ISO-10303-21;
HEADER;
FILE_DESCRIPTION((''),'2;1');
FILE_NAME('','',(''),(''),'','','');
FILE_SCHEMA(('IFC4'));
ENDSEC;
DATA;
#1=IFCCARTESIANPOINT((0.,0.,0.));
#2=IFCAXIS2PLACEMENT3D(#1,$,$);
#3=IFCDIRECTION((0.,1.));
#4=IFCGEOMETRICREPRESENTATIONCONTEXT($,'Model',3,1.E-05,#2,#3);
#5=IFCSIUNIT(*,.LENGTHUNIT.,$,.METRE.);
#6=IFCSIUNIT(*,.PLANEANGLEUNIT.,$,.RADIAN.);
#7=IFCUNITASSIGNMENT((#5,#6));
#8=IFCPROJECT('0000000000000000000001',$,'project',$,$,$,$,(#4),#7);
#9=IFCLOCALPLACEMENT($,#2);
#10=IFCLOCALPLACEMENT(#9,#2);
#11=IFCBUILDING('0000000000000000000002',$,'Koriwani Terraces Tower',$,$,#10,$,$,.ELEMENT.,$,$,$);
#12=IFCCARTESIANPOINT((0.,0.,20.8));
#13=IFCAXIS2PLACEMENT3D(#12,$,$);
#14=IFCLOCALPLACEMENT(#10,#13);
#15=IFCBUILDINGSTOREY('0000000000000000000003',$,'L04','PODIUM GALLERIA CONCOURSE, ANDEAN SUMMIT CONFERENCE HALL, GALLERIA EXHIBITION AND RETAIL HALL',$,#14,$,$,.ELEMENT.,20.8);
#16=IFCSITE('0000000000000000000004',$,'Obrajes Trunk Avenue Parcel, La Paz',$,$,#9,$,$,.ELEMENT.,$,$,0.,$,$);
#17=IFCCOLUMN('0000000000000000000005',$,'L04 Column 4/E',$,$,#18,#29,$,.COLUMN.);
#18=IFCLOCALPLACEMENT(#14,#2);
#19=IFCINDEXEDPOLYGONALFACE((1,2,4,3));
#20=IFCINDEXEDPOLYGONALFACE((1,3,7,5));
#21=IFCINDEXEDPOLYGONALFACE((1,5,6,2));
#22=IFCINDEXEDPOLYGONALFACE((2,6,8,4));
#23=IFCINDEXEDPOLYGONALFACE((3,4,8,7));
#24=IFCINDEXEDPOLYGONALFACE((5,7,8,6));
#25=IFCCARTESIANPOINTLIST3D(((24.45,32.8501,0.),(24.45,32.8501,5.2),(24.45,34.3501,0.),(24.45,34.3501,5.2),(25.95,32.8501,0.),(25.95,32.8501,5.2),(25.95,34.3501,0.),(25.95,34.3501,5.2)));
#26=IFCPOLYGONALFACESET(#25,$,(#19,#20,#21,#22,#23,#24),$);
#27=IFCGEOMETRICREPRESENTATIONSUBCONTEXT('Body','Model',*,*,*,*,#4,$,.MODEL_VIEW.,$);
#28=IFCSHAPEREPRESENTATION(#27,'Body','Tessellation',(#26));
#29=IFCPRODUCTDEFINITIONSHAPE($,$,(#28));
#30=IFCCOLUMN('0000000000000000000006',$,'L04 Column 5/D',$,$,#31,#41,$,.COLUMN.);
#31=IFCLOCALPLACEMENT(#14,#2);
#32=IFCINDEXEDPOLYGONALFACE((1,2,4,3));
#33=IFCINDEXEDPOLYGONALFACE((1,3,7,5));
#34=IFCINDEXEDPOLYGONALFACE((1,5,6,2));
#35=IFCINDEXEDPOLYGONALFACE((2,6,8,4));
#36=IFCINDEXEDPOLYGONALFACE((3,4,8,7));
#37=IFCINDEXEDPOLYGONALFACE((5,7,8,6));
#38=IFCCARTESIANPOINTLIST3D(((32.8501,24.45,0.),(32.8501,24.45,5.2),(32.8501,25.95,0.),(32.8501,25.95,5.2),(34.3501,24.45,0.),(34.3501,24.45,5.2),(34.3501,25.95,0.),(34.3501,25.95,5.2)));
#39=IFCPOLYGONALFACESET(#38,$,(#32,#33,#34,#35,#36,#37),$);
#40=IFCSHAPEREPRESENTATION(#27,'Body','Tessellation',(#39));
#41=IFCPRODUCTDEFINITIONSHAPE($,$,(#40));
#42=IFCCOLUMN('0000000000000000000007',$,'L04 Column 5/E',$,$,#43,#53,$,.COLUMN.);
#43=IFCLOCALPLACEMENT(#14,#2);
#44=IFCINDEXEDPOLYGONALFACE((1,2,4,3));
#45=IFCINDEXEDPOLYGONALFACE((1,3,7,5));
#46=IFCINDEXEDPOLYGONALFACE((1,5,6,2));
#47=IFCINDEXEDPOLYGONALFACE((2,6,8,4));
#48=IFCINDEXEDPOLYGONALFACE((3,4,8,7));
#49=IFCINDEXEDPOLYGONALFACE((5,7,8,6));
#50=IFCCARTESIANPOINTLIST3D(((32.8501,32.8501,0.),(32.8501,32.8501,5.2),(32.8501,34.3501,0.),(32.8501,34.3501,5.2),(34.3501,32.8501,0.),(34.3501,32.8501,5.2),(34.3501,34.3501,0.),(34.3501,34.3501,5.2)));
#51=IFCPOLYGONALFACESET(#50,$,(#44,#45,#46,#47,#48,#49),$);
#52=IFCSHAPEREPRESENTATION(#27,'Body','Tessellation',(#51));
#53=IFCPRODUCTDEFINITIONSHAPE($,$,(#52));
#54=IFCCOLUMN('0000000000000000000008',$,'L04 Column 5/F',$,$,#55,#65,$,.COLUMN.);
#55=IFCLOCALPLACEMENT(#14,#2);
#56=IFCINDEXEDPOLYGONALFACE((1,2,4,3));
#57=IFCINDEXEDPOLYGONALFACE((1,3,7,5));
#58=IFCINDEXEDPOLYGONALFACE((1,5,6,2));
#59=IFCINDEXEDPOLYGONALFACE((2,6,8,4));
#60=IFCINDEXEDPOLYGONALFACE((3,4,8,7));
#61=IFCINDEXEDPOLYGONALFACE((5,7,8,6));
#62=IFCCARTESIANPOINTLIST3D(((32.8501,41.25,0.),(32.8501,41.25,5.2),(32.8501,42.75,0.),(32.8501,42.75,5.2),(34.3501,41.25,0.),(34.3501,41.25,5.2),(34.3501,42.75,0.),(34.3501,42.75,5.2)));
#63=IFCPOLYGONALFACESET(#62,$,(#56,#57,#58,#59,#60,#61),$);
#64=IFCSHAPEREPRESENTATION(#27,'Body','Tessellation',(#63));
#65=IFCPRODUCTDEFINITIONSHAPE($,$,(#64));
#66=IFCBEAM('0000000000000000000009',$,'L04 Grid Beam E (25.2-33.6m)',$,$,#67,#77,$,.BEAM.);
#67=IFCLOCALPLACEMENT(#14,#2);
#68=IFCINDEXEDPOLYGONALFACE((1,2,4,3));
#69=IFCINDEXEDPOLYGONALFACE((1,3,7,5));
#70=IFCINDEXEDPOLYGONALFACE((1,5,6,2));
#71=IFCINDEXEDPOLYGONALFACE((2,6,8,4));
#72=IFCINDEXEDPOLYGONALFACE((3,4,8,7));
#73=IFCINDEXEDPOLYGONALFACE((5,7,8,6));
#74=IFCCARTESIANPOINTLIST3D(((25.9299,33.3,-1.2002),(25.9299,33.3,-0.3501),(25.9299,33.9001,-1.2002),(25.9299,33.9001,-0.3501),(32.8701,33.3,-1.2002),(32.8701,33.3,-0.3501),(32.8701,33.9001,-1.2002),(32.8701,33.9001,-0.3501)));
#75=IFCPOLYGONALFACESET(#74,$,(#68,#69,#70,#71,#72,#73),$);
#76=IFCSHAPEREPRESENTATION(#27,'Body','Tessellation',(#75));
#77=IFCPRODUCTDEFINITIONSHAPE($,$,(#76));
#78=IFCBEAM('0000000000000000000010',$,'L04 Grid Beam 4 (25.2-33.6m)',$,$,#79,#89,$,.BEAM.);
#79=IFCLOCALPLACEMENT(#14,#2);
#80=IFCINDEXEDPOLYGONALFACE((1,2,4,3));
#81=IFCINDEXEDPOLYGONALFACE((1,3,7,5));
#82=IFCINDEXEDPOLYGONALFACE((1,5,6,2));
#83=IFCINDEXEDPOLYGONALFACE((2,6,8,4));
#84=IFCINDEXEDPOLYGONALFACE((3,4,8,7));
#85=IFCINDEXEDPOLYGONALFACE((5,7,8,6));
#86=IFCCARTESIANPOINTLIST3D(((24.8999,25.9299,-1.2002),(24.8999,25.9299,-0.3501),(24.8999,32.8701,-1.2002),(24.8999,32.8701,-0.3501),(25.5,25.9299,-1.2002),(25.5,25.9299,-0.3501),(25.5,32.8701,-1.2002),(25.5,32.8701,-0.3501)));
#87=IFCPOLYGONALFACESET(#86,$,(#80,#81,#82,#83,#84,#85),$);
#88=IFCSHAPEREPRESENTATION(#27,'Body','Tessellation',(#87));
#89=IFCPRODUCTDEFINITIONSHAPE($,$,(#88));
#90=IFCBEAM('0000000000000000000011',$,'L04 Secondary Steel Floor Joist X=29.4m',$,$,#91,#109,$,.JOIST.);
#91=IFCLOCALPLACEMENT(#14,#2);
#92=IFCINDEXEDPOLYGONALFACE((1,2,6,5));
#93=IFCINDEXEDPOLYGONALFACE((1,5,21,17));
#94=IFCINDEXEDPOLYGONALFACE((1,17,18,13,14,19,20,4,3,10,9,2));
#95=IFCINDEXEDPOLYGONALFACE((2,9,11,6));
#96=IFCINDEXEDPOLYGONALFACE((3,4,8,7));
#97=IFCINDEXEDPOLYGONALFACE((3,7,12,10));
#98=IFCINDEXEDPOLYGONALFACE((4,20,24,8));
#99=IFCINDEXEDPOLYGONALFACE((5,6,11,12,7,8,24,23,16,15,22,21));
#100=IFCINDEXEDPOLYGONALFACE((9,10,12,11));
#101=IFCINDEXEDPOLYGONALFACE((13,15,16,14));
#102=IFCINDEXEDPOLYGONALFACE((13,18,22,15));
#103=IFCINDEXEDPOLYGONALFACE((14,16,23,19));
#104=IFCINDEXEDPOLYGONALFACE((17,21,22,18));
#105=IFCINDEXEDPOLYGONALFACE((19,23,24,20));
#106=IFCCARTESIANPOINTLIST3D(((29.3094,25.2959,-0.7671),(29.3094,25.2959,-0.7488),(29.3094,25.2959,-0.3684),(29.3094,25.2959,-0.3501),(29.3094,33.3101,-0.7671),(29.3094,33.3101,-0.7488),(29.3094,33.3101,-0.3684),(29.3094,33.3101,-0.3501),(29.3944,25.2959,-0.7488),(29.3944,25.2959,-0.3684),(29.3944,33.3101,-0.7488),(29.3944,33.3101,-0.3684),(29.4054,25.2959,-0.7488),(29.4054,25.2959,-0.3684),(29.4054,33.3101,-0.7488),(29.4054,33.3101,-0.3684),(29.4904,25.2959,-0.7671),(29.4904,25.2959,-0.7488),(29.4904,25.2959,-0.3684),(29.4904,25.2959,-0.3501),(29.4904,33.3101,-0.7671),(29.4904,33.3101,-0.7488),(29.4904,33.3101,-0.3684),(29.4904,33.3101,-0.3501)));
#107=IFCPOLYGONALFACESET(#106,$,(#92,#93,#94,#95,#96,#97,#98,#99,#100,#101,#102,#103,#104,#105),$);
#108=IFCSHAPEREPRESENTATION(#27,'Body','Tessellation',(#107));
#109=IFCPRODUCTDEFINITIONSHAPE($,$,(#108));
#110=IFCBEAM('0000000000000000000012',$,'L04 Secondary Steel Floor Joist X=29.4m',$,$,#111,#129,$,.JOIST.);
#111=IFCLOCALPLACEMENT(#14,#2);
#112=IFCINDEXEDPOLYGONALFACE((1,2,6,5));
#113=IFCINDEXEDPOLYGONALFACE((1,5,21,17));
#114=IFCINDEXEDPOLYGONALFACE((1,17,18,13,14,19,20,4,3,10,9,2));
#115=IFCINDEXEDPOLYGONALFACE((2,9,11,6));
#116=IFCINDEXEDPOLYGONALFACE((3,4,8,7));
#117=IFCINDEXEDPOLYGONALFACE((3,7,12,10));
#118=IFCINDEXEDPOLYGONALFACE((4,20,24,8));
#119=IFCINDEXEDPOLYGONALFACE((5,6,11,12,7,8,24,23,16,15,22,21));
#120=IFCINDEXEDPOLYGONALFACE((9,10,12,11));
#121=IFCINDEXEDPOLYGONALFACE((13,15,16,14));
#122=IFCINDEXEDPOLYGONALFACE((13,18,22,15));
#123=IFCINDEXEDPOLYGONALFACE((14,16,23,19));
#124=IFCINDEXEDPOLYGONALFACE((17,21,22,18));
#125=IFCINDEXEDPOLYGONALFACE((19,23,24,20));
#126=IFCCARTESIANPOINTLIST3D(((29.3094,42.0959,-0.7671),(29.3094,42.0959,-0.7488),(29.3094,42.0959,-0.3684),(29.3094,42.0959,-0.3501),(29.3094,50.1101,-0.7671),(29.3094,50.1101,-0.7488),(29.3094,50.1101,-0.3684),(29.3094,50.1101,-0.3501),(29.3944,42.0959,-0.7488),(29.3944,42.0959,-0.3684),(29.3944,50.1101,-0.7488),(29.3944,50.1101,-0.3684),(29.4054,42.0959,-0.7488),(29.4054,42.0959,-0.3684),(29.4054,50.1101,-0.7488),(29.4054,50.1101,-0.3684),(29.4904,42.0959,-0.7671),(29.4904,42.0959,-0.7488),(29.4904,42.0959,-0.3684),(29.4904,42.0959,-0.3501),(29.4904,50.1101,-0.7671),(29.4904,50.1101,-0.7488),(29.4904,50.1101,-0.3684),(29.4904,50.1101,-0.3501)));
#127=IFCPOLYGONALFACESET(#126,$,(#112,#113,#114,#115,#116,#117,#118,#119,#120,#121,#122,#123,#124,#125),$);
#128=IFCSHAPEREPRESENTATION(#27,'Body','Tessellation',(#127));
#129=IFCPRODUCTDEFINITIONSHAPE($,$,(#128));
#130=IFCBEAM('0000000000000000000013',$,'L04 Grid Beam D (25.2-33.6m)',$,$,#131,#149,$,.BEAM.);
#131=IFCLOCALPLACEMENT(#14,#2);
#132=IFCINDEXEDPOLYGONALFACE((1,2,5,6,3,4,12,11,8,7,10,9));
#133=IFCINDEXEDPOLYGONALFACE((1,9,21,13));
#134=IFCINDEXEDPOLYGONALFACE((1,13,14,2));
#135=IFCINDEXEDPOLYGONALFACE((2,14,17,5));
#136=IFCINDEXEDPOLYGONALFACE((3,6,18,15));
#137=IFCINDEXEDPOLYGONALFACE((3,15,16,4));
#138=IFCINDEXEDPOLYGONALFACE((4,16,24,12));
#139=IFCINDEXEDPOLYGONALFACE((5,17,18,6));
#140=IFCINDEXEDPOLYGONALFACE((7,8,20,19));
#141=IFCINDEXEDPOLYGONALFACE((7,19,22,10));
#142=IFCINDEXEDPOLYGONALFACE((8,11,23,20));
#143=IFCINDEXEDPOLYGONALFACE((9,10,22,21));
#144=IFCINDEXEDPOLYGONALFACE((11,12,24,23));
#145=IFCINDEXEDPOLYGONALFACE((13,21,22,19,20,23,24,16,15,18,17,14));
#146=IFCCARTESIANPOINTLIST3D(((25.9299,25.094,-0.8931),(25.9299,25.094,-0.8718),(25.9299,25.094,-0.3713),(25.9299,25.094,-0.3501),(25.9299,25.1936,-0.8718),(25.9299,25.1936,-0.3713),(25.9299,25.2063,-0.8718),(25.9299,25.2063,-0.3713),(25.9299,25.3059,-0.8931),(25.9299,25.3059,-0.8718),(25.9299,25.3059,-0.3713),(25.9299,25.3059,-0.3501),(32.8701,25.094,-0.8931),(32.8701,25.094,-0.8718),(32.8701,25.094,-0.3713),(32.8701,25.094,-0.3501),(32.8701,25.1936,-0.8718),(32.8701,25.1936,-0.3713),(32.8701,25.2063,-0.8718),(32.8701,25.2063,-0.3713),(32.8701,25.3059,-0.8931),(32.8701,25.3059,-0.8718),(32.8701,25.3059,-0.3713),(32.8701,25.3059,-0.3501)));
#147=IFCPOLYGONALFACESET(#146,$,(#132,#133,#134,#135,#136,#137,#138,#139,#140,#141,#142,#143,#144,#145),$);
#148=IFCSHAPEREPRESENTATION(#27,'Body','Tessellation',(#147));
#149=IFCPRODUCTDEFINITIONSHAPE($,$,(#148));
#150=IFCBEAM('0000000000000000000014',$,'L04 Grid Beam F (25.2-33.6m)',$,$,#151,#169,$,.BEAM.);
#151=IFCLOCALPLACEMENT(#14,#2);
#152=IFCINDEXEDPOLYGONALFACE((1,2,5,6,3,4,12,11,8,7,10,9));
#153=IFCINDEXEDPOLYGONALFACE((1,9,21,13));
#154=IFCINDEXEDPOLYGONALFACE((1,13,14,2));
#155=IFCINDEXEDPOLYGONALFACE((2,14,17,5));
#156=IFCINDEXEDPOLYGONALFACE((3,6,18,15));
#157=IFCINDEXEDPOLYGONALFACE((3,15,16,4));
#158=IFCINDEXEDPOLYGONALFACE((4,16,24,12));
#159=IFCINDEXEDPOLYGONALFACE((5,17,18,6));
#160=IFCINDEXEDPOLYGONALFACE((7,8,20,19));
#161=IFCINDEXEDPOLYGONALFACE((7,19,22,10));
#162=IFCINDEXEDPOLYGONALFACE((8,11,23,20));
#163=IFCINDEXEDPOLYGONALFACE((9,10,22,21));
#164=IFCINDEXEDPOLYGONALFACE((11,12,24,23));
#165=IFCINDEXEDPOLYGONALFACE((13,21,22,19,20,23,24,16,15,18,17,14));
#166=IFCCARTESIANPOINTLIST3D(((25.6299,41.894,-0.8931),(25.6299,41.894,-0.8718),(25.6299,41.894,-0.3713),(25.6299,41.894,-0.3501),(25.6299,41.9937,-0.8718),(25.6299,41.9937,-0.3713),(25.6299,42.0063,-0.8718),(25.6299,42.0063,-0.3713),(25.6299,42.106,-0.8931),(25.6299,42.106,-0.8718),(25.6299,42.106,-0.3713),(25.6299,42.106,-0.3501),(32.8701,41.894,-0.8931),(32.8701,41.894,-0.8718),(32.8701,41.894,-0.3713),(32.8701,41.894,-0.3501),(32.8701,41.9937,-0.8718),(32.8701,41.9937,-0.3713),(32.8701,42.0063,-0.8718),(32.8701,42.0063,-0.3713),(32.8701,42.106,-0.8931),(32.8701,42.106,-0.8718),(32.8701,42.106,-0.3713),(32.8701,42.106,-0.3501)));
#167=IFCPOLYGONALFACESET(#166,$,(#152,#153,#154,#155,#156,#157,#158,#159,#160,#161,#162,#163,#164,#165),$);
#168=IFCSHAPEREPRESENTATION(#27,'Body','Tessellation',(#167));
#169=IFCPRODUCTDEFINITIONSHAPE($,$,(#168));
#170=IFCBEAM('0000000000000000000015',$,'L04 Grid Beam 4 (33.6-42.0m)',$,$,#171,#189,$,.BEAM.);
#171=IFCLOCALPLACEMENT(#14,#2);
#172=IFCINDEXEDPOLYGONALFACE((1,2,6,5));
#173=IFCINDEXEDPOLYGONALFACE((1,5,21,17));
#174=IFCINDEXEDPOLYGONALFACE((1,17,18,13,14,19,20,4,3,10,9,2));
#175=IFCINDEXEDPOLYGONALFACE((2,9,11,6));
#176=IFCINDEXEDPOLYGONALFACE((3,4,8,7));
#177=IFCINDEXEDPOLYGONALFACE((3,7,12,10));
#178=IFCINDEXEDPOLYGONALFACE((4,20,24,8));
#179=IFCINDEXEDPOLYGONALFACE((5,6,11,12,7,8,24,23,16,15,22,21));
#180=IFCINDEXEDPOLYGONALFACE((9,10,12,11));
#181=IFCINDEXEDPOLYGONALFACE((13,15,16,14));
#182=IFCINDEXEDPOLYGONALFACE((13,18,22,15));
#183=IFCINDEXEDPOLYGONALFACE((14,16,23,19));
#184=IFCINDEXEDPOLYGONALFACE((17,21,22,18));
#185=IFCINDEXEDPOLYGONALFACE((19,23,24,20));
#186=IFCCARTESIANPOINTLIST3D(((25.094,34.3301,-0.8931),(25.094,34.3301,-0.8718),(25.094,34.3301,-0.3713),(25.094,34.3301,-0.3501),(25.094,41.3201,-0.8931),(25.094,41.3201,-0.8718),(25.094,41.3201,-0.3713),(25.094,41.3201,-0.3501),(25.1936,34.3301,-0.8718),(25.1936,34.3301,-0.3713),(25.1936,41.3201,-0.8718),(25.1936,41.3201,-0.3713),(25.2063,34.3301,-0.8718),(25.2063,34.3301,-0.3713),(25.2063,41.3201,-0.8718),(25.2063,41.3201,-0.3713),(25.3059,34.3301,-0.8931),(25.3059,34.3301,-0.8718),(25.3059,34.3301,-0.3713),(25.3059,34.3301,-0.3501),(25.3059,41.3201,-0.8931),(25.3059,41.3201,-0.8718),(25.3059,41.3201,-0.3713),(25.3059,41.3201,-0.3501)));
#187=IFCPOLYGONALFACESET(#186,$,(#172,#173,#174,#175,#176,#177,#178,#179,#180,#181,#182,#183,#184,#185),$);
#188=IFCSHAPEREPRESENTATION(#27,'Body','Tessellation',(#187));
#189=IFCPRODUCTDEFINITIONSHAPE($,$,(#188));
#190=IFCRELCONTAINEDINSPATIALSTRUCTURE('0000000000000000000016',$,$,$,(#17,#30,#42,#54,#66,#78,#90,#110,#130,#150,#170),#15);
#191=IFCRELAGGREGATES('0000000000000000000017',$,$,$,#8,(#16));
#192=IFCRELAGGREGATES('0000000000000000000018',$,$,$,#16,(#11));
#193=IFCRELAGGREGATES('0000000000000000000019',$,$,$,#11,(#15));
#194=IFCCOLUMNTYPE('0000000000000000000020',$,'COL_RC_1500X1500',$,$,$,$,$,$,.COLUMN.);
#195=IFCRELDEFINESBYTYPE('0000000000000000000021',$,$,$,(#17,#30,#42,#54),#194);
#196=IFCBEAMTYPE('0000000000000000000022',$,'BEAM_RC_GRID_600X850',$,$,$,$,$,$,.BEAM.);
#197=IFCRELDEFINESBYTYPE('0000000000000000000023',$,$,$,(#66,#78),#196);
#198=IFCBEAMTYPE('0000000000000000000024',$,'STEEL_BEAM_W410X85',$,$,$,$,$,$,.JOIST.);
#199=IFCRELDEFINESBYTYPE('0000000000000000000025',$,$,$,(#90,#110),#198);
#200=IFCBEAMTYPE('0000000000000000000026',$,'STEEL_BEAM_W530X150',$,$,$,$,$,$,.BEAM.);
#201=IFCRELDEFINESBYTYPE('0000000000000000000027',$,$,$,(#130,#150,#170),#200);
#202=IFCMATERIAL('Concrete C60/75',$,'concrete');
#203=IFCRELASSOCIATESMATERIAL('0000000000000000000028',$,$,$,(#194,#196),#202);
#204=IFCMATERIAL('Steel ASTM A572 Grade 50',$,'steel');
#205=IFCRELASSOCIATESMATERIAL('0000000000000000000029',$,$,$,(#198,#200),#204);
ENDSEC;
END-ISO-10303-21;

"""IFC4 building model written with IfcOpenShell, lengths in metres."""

from ifc_helpers import new_model, si_unit, direction, frame, origin, origin_2d, place, context, subcontext, project, spatial, rectangle, i_section, extrude, material, material_profile, profile_set, type_object, element, save


model = new_model("IFC4")

# Units and contexts
model_context = context("Model", 3, precision=1e-05, world=origin(), true_north=direction((0.0, 1.0)))
body_context = subcontext(model_context, "Body", "Model", "MODEL_VIEW")
ifc_project = project(units=[si_unit("LENGTHUNIT", "METRE"), si_unit("PLANEANGLEUNIT", "RADIAN")], contexts=[model_context])

# Site, building, storey
site_placement = place(None, origin())
site = spatial("IfcSite", under=ifc_project, at=site_placement, Name="Obrajes Trunk Avenue Parcel, La Paz", CompositionType="ELEMENT", RefElevation=0.0)
building_placement = place(site_placement, origin())
building = spatial("IfcBuilding", under=site, at=building_placement, Name="Koriwani Terraces Tower", CompositionType="ELEMENT")
storey_placement = place(building_placement, frame((0.0, 0.0, 20.8)))
storey = spatial("IfcBuildingStorey", under=building, at=storey_placement, Name="L04", Description="PODIUM GALLERIA CONCOURSE, ANDEAN SUMMIT CONFERENCE HALL, GALLERIA EXHIBITION AND RETAIL HALL", CompositionType="ELEMENT", Elevation=20.8)

# Columns
ifc_material_1 = material(Name="Concrete C60/75", Category="concrete")
ifc_material_profile_1 = material_profile(ifc_material_1, rectangle(XDim=1.5, YDim=1.5, at=origin_2d()), Name="Concrete C60/75", Category="LoadBearing")
ifc_profile_set_1 = profile_set([ifc_material_profile_1], Name="Concrete C60/75")
column_type = type_object("IfcColumnType", Name="COL_RC_1500X1500", PredefinedType="COLUMN", material=ifc_profile_set_1)
for number, where, z_axis, x_axis, name in (
    (1, (25.2, 33.6001, 0.0), (0.0, 0.0, 1.0), (1.0, 0.0, 0.0), "L04 Column 4/E"),
    (2, (33.6001, 25.2, 0.0), (0.0, 0.0, 1.0), (1.0, 0.0, 0.0), "L04 Column 5/D"),
    (3, (33.6001, 33.6001, 0.0), (0.0, 0.0, 1.0), (1.0, 0.0, 0.0), "L04 Column 5/E"),
    (4, (33.6001, 42.0, 0.0), (0.0, 0.0, 1.0), (1.0, 0.0, 0.0), "L04 Column 5/F"),
):
    element("IfcColumn", number, at=place(storey_placement, frame(where, z_axis=z_axis, x_axis=x_axis)), inside=storey, type_object=column_type, Name=name, PredefinedType="COLUMN", context=body_context, shape_type="SweptSolid", body=[
        extrude(rectangle(XDim=1.5, YDim=1.5, at=origin_2d()), origin(), (0.0, 0.0, 1.0), 5.2),
    ])

# Beams
ifc_material_profile_2 = material_profile(ifc_material_1, rectangle(XDim=0.6001, YDim=0.8501, at=origin_2d()), Name="Concrete C60/75", Category="LoadBearing")
ifc_profile_set_2 = profile_set([ifc_material_profile_2], Name="Concrete C60/75")
beam_type_1 = type_object("IfcBeamType", Name="BEAM_RC_GRID_600X850", PredefinedType="BEAM", material=ifc_profile_set_2)
for number, where, z_axis, x_axis, name in (
    (5, (25.9299, 33.6001, -0.7751), (1.0, 0.0, 0.0), (0.0, 1.0, 0.0), "L04 Grid Beam E (25.2-33.6m)"),
    (6, (25.2, 25.9299, -0.7751), (0.0, 1.0, 0.0), (-1.0, 0.0, 0.0), "L04 Grid Beam 4 (25.2-33.6m)"),
):
    element("IfcBeam", number, at=place(storey_placement, frame(where, z_axis=z_axis, x_axis=x_axis)), inside=storey, type_object=beam_type_1, Name=name, PredefinedType="BEAM", context=body_context, shape_type="SweptSolid", body=[
        extrude(rectangle(XDim=0.6001, YDim=0.8501, at=origin_2d()), origin(), (0.0, 0.0, 1.0), 6.9402),
    ])
ifc_material_2 = material(Name="Steel ASTM A572 Grade 50", Category="steel")
ifc_material_profile_3 = material_profile(ifc_material_2, i_section(OverallWidth=0.1809, OverallDepth=0.417, WebThickness=0.011, FlangeThickness=0.0183, at=origin_2d()), Name="Steel ASTM A572 Grade 50", Category="LoadBearing")
ifc_profile_set_3 = profile_set([ifc_material_profile_3], Name="Steel ASTM A572 Grade 50")
beam_type_2 = type_object("IfcBeamType", Name="STEEL_BEAM_W410X85", PredefinedType="JOIST", material=ifc_profile_set_3)
for number, where, z_axis, x_axis, name in (
    (7, (29.3999, 25.2959, -0.5586), (0.0, 1.0, 0.0), (-1.0, 0.0, 0.0), "L04 Secondary Steel Floor Joist X=29.4m"),
    (8, (29.3999, 42.0959, -0.5586), (0.0, 1.0, 0.0), (-1.0, 0.0, 0.0), "L04 Secondary Steel Floor Joist X=29.4m"),
):
    element("IfcBeam", number, at=place(storey_placement, frame(where, z_axis=z_axis, x_axis=x_axis)), inside=storey, type_object=beam_type_2, Name=name, PredefinedType="JOIST", context=body_context, shape_type="SweptSolid", body=[
        extrude(i_section(OverallWidth=0.1809, OverallDepth=0.417, WebThickness=0.011, FlangeThickness=0.0183, at=origin_2d()), origin(), (0.0, 0.0, 1.0), 8.0142),
    ])
ifc_material_profile_4 = material_profile(ifc_material_2, i_section(OverallWidth=0.2119, OverallDepth=0.543, WebThickness=0.0127, FlangeThickness=0.0212, at=origin_2d()), Name="Steel ASTM A572 Grade 50", Category="LoadBearing")
ifc_profile_set_4 = profile_set([ifc_material_profile_4], Name="Steel ASTM A572 Grade 50")
beam_type_3 = type_object("IfcBeamType", Name="STEEL_BEAM_W530X150", PredefinedType="BEAM", material=ifc_profile_set_4)
beam_1_placement = place(storey_placement, frame((25.9299, 25.2, -0.6216), z_axis=(1.0, 0.0, 0.0), x_axis=(0.0, 1.0, 0.0)))
element("IfcBeam", 9, at=beam_1_placement, inside=storey, type_object=beam_type_3, Name="L04 Grid Beam D (25.2-33.6m)", PredefinedType="BEAM", context=body_context, shape_type="SweptSolid", body=[
    extrude(i_section(OverallWidth=0.2119, OverallDepth=0.543, WebThickness=0.0127, FlangeThickness=0.0212, at=origin_2d()), origin(), (0.0, 0.0, 1.0), 6.9402),
])
beam_2_placement = place(storey_placement, frame((25.6299, 42.0, -0.6216), z_axis=(1.0, 0.0, 0.0), x_axis=(0.0, 1.0, 0.0)))
element("IfcBeam", 10, at=beam_2_placement, inside=storey, type_object=beam_type_3, Name="L04 Grid Beam F (25.2-33.6m)", PredefinedType="BEAM", context=body_context, shape_type="SweptSolid", body=[
    extrude(i_section(OverallWidth=0.2119, OverallDepth=0.543, WebThickness=0.0127, FlangeThickness=0.0212, at=origin_2d()), origin(), (0.0, 0.0, 1.0), 7.2402),
])
beam_3_placement = place(storey_placement, frame((25.2, 34.3301, -0.6216), z_axis=(0.0, 1.0, 0.0), x_axis=(-1.0, 0.0, 0.0)))
element("IfcBeam", 11, at=beam_3_placement, inside=storey, type_object=beam_type_3, Name="L04 Grid Beam 4 (33.6-42.0m)", PredefinedType="BEAM", context=body_context, shape_type="SweptSolid", body=[
    extrude(i_section(OverallWidth=0.2119, OverallDepth=0.543, WebThickness=0.0127, FlangeThickness=0.0212, at=origin_2d()), origin(), (0.0, 0.0, 1.0), 6.99),
])

save(model, "model.ifc")
